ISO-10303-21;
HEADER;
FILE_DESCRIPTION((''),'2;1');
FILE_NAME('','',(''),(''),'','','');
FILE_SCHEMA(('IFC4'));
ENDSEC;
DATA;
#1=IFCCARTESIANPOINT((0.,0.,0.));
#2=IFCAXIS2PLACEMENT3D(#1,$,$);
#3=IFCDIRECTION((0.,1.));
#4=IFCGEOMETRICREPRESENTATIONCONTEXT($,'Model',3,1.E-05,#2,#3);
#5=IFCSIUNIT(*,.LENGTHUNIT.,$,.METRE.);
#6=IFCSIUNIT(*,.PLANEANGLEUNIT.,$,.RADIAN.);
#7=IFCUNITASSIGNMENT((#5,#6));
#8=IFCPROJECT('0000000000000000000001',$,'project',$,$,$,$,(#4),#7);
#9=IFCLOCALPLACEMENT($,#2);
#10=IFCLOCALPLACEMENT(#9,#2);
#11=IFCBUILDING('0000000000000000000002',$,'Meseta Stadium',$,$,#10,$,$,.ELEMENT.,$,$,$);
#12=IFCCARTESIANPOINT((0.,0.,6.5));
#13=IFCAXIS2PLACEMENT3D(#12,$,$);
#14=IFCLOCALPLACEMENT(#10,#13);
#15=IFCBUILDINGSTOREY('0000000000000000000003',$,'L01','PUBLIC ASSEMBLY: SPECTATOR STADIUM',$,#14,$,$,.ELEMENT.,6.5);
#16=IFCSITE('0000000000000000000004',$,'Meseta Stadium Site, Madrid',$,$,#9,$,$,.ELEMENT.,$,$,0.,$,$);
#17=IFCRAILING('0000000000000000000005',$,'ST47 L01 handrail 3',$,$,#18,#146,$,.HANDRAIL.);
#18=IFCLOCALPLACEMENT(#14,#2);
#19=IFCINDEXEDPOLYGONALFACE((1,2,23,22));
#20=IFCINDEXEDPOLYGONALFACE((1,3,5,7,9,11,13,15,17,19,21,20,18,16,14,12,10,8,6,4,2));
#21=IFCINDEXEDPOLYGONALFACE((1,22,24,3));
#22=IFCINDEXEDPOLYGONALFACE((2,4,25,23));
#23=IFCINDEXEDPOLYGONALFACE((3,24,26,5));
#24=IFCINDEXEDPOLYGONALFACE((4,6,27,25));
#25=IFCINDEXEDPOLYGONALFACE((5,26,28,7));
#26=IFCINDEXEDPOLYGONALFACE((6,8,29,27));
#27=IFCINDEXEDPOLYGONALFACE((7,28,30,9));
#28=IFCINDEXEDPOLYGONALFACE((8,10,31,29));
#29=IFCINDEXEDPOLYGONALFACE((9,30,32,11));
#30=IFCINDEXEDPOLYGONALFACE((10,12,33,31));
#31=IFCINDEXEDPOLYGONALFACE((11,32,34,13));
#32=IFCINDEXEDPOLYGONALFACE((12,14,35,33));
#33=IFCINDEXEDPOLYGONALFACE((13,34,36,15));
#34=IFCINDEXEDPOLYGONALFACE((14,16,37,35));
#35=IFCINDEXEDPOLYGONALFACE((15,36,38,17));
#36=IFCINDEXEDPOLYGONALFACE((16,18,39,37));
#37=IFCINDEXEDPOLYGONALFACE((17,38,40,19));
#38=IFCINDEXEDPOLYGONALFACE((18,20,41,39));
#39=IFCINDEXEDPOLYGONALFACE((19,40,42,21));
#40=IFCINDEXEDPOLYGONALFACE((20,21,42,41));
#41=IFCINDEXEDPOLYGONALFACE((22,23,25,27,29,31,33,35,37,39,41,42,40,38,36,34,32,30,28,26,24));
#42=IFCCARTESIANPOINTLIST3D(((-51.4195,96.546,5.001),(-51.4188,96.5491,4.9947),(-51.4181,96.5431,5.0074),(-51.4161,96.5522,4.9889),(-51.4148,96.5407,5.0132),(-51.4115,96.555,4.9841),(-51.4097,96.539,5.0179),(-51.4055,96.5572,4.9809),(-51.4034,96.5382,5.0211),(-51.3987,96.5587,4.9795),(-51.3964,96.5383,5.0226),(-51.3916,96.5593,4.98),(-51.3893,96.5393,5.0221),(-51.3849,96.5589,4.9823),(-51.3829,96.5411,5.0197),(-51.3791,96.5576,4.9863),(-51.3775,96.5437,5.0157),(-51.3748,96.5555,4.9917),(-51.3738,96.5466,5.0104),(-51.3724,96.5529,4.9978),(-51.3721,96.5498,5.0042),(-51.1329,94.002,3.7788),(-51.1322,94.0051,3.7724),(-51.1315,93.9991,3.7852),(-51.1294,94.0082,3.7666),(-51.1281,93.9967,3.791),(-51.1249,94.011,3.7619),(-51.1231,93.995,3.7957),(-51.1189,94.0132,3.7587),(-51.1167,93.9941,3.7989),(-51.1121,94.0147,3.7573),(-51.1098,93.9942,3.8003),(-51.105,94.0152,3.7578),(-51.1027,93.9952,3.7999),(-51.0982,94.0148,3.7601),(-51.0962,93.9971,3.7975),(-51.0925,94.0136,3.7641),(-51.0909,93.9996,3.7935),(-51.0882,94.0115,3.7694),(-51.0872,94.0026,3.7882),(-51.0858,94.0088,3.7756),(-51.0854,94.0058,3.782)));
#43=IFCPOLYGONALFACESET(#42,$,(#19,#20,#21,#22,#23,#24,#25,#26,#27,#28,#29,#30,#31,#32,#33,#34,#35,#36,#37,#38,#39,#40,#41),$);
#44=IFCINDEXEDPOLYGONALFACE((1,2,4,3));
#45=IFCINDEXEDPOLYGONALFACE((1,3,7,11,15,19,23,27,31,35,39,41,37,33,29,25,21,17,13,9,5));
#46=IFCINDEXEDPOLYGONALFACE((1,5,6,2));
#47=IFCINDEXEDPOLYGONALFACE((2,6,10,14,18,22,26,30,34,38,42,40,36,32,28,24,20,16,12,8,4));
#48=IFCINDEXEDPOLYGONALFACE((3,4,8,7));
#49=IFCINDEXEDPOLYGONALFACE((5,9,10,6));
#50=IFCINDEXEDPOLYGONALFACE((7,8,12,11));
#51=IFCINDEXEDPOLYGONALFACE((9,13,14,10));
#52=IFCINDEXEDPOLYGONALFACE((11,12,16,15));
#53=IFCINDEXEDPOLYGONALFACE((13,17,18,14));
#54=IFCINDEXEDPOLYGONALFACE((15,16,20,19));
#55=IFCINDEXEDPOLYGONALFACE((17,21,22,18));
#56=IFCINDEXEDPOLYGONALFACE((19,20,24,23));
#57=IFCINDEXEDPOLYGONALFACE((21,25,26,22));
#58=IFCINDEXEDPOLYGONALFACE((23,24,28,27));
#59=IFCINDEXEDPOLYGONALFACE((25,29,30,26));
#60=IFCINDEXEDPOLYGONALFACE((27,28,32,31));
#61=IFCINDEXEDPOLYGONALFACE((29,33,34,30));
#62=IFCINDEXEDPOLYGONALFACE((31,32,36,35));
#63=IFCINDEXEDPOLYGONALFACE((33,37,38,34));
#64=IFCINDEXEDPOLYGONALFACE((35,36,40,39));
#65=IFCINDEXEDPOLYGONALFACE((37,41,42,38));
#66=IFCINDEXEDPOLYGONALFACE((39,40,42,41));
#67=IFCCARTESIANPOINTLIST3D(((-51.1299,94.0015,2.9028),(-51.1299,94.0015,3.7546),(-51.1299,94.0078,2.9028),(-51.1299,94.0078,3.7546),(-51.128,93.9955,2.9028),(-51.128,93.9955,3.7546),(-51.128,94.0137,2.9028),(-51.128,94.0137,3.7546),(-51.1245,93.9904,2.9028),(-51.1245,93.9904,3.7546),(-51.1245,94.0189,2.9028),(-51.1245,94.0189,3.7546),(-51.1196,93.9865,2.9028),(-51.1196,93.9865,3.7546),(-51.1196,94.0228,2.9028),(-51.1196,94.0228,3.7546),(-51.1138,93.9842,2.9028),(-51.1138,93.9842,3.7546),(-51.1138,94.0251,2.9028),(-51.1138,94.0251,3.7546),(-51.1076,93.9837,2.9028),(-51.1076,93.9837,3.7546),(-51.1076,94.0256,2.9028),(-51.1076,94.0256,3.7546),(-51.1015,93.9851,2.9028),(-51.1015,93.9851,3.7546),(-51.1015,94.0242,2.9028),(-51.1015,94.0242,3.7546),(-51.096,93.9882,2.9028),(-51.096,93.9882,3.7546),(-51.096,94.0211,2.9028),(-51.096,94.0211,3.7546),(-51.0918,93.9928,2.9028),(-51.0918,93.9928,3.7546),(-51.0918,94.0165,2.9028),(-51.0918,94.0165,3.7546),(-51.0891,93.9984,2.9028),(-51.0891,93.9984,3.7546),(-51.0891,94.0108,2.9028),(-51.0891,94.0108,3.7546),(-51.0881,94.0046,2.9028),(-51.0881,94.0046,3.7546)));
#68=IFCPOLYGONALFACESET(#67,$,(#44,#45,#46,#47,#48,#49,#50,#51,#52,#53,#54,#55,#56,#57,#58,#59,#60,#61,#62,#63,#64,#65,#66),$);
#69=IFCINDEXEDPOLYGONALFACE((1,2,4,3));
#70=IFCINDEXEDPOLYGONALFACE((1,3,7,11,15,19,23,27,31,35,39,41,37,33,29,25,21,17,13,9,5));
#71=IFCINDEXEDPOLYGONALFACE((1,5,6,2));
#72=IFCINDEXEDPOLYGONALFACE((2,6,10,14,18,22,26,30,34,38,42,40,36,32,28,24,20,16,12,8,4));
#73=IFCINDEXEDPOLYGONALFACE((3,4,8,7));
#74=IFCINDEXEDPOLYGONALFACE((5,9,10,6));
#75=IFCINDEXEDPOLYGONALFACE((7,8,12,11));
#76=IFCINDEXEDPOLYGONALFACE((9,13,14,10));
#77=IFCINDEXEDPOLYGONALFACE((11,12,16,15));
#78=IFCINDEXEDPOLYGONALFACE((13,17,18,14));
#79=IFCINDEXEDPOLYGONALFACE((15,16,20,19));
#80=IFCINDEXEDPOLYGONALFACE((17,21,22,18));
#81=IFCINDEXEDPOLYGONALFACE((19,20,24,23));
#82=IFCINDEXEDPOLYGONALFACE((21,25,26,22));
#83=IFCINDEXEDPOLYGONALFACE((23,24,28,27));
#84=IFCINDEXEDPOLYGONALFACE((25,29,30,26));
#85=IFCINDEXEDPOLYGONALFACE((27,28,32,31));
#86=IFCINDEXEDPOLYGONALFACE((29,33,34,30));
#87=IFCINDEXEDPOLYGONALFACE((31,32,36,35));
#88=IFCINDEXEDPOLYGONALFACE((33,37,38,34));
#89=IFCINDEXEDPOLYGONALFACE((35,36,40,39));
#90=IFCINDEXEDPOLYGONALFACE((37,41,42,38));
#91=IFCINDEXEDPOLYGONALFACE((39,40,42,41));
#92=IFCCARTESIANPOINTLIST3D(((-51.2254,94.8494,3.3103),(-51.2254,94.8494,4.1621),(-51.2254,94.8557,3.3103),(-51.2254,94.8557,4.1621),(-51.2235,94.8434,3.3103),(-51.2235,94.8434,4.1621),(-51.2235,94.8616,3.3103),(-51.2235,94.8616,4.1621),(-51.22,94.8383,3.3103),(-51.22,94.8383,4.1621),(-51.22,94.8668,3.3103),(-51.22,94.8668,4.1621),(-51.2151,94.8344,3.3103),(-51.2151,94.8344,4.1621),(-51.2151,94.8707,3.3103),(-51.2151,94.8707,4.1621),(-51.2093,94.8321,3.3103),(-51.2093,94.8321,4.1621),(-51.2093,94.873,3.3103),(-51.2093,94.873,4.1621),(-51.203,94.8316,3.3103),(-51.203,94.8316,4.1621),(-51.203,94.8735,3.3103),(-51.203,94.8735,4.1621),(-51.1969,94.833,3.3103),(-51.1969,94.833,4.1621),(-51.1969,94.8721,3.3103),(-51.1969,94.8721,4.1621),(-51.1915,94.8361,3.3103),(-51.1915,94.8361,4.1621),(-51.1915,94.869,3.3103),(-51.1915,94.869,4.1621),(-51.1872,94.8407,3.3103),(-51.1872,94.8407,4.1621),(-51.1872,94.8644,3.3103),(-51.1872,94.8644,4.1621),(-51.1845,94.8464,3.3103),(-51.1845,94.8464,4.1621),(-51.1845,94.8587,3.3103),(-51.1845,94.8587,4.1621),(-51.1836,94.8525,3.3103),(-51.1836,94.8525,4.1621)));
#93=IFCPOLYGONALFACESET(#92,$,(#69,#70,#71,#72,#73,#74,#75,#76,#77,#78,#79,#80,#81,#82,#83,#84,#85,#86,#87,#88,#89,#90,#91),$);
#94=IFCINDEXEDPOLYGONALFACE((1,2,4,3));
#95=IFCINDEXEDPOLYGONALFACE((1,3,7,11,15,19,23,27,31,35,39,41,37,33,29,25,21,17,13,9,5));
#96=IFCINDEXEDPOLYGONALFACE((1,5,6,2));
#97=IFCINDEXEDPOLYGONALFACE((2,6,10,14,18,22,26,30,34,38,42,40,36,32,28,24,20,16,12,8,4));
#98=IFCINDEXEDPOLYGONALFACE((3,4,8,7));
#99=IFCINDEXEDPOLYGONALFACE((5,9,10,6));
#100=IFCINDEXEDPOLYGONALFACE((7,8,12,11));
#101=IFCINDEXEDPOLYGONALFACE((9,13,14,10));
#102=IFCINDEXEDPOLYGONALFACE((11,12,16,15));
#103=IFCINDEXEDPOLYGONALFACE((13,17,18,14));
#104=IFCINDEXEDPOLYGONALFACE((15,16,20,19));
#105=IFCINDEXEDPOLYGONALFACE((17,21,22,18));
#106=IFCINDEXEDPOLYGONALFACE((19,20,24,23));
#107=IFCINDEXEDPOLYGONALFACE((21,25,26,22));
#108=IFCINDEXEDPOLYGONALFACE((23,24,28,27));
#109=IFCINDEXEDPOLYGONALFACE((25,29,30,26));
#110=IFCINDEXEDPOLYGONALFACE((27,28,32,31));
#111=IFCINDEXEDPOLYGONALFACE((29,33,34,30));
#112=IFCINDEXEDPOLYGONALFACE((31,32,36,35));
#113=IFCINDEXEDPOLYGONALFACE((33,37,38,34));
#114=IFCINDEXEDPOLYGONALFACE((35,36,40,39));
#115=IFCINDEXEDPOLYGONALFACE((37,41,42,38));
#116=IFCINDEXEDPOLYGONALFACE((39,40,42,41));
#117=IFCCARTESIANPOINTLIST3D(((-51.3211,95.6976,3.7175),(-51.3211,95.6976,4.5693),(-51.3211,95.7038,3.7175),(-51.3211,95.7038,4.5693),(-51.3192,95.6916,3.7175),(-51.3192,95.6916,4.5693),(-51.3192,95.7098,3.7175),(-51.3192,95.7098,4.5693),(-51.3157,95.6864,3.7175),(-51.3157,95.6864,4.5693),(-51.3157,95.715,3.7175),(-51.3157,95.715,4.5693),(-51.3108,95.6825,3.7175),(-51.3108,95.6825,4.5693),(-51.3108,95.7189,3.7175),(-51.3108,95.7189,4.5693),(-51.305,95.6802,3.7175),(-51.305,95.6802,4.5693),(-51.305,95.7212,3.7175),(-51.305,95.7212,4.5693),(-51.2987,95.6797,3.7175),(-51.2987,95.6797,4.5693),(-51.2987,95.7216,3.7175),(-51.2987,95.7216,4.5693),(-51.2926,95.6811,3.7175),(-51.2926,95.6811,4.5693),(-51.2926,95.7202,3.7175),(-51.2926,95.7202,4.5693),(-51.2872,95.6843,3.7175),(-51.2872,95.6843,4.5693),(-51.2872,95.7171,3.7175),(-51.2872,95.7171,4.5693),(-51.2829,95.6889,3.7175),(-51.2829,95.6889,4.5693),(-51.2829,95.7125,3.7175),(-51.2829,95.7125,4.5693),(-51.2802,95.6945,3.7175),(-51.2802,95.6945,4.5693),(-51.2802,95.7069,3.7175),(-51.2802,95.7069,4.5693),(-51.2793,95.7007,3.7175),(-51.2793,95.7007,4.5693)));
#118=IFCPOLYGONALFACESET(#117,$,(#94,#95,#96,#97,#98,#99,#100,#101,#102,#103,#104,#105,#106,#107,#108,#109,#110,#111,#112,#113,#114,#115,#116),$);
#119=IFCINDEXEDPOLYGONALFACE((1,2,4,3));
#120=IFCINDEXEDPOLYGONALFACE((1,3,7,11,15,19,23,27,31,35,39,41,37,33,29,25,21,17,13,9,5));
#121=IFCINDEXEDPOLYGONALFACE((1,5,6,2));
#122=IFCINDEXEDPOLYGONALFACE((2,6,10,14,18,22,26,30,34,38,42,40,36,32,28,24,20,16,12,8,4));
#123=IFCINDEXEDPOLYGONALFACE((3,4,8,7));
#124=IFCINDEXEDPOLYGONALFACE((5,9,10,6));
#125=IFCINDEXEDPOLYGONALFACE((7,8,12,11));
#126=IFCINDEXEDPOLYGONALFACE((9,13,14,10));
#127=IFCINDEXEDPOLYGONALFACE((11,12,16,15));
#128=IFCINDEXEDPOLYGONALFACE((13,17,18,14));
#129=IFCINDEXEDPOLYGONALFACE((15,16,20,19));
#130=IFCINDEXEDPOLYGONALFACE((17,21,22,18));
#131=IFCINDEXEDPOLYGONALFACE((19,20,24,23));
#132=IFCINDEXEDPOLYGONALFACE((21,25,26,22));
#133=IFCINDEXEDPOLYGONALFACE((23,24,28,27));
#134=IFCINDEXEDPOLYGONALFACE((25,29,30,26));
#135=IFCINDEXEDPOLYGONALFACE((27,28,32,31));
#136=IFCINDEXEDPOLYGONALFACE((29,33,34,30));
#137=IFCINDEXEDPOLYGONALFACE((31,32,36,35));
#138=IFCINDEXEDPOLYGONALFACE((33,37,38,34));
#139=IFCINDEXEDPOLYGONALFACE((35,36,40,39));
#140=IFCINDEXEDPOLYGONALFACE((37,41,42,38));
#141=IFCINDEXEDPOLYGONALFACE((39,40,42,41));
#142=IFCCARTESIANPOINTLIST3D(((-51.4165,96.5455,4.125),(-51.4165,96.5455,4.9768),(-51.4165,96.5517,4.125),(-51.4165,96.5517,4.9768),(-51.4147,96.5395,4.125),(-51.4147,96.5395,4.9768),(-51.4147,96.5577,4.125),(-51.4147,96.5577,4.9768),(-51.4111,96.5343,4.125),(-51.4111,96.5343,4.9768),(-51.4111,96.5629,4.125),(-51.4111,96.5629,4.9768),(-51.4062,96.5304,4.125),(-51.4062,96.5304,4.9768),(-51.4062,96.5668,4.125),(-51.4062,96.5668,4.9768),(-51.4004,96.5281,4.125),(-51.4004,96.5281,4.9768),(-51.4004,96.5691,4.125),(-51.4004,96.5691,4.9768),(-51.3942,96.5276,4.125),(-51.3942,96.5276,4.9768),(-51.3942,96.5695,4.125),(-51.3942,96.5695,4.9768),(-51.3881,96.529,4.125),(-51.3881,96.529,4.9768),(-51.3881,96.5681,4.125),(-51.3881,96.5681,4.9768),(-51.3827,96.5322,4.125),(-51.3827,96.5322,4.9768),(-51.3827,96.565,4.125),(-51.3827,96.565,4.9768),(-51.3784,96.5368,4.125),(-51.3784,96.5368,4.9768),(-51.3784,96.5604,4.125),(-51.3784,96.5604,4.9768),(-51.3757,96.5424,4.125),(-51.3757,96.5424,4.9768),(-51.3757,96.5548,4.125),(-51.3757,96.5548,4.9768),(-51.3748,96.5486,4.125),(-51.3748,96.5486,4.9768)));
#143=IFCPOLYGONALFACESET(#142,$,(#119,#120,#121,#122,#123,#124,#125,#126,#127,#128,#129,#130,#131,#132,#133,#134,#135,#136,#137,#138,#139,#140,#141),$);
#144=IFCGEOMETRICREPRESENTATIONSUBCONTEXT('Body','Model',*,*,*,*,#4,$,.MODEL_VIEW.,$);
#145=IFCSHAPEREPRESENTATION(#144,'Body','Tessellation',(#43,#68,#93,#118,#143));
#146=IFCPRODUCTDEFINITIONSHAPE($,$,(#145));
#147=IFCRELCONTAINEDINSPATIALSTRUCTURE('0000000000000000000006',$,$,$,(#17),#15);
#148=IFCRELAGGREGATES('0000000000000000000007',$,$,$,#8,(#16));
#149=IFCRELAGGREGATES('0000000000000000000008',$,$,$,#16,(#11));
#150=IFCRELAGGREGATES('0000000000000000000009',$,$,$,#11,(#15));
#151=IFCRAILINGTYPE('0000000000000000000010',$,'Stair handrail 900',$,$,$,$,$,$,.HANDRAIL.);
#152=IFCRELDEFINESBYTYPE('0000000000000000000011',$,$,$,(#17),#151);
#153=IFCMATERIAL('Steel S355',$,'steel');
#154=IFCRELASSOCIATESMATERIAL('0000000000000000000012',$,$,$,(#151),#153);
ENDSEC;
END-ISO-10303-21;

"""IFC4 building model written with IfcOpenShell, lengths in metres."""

from ifc_helpers import new_model, si_unit, direction, frame, origin, origin_2d, place, context, subcontext, project, spatial, circle, extrude, material, type_object, element, save


model = new_model("IFC4")

# Units and contexts
model_context = context("Model", 3, precision=1e-05, world=origin(), true_north=direction((0.0, 1.0)))
body_context = subcontext(model_context, "Body", "Model", "MODEL_VIEW")
ifc_project = project(units=[si_unit("LENGTHUNIT", "METRE"), si_unit("PLANEANGLEUNIT", "RADIAN")], contexts=[model_context])

# Site, building, storey
site_placement = place(None, origin())
site = spatial("IfcSite", under=ifc_project, at=site_placement, Name="Meseta Stadium Site, Madrid", CompositionType="ELEMENT", RefElevation=0.0)
building_placement = place(site_placement, origin())
building = spatial("IfcBuilding", under=site, at=building_placement, Name="Meseta Stadium", CompositionType="ELEMENT")
storey_placement = place(building_placement, frame((0.0, 0.0, 6.5)))
storey = spatial("IfcBuildingStorey", under=building, at=storey_placement, Name="L01", Description="PUBLIC ASSEMBLY: SPECTATOR STADIUM", CompositionType="ELEMENT", Elevation=6.5)

# Railing
ifc_material_1 = material(Name="Steel S355", Category="steel")
railing_type_1 = type_object("IfcRailingType", Name="Stair handrail 900", PredefinedType="HANDRAIL", material=ifc_material_1)
for number, where, name in (
    (1, (-51.1091, 94.0046, 2.9028), "ST47 L01 handrail 3"),
):
    element("IfcRailing", number, at=place(storey_placement, frame(where)), inside=storey, type_object=railing_type_1, Name=name, PredefinedType="HANDRAIL", context=body_context, shape_type="SweptSolid", body=[
        extrude(circle(Radius=0.0239, at=origin_2d()), frame((0.0, 0.0, 0.876), z_axis=(-0.101036, 0.896762, 0.430824), x_axis=(-0.993713, -0.11196, 0.0)), (0.0, 0.0, 1.0), 2.8369),
        extrude(circle(Radius=0.021, at=origin_2d()), origin(), (0.0, 0.0, 1.0), 0.8518),
        extrude(circle(Radius=0.021, at=origin_2d()), frame((-0.0955, 0.8479, 0.4075)), (0.0, 0.0, 1.0), 0.8518),
        extrude(circle(Radius=0.021, at=origin_2d()), frame((-0.1912, 1.696, 0.8147)), (0.0, 0.0, 1.0), 0.8518),
        extrude(circle(Radius=0.021, at=origin_2d()), frame((-0.2866, 2.5439, 1.2222)), (0.0, 0.0, 1.0), 0.8518),
    ])

save(model, "model.ifc")
